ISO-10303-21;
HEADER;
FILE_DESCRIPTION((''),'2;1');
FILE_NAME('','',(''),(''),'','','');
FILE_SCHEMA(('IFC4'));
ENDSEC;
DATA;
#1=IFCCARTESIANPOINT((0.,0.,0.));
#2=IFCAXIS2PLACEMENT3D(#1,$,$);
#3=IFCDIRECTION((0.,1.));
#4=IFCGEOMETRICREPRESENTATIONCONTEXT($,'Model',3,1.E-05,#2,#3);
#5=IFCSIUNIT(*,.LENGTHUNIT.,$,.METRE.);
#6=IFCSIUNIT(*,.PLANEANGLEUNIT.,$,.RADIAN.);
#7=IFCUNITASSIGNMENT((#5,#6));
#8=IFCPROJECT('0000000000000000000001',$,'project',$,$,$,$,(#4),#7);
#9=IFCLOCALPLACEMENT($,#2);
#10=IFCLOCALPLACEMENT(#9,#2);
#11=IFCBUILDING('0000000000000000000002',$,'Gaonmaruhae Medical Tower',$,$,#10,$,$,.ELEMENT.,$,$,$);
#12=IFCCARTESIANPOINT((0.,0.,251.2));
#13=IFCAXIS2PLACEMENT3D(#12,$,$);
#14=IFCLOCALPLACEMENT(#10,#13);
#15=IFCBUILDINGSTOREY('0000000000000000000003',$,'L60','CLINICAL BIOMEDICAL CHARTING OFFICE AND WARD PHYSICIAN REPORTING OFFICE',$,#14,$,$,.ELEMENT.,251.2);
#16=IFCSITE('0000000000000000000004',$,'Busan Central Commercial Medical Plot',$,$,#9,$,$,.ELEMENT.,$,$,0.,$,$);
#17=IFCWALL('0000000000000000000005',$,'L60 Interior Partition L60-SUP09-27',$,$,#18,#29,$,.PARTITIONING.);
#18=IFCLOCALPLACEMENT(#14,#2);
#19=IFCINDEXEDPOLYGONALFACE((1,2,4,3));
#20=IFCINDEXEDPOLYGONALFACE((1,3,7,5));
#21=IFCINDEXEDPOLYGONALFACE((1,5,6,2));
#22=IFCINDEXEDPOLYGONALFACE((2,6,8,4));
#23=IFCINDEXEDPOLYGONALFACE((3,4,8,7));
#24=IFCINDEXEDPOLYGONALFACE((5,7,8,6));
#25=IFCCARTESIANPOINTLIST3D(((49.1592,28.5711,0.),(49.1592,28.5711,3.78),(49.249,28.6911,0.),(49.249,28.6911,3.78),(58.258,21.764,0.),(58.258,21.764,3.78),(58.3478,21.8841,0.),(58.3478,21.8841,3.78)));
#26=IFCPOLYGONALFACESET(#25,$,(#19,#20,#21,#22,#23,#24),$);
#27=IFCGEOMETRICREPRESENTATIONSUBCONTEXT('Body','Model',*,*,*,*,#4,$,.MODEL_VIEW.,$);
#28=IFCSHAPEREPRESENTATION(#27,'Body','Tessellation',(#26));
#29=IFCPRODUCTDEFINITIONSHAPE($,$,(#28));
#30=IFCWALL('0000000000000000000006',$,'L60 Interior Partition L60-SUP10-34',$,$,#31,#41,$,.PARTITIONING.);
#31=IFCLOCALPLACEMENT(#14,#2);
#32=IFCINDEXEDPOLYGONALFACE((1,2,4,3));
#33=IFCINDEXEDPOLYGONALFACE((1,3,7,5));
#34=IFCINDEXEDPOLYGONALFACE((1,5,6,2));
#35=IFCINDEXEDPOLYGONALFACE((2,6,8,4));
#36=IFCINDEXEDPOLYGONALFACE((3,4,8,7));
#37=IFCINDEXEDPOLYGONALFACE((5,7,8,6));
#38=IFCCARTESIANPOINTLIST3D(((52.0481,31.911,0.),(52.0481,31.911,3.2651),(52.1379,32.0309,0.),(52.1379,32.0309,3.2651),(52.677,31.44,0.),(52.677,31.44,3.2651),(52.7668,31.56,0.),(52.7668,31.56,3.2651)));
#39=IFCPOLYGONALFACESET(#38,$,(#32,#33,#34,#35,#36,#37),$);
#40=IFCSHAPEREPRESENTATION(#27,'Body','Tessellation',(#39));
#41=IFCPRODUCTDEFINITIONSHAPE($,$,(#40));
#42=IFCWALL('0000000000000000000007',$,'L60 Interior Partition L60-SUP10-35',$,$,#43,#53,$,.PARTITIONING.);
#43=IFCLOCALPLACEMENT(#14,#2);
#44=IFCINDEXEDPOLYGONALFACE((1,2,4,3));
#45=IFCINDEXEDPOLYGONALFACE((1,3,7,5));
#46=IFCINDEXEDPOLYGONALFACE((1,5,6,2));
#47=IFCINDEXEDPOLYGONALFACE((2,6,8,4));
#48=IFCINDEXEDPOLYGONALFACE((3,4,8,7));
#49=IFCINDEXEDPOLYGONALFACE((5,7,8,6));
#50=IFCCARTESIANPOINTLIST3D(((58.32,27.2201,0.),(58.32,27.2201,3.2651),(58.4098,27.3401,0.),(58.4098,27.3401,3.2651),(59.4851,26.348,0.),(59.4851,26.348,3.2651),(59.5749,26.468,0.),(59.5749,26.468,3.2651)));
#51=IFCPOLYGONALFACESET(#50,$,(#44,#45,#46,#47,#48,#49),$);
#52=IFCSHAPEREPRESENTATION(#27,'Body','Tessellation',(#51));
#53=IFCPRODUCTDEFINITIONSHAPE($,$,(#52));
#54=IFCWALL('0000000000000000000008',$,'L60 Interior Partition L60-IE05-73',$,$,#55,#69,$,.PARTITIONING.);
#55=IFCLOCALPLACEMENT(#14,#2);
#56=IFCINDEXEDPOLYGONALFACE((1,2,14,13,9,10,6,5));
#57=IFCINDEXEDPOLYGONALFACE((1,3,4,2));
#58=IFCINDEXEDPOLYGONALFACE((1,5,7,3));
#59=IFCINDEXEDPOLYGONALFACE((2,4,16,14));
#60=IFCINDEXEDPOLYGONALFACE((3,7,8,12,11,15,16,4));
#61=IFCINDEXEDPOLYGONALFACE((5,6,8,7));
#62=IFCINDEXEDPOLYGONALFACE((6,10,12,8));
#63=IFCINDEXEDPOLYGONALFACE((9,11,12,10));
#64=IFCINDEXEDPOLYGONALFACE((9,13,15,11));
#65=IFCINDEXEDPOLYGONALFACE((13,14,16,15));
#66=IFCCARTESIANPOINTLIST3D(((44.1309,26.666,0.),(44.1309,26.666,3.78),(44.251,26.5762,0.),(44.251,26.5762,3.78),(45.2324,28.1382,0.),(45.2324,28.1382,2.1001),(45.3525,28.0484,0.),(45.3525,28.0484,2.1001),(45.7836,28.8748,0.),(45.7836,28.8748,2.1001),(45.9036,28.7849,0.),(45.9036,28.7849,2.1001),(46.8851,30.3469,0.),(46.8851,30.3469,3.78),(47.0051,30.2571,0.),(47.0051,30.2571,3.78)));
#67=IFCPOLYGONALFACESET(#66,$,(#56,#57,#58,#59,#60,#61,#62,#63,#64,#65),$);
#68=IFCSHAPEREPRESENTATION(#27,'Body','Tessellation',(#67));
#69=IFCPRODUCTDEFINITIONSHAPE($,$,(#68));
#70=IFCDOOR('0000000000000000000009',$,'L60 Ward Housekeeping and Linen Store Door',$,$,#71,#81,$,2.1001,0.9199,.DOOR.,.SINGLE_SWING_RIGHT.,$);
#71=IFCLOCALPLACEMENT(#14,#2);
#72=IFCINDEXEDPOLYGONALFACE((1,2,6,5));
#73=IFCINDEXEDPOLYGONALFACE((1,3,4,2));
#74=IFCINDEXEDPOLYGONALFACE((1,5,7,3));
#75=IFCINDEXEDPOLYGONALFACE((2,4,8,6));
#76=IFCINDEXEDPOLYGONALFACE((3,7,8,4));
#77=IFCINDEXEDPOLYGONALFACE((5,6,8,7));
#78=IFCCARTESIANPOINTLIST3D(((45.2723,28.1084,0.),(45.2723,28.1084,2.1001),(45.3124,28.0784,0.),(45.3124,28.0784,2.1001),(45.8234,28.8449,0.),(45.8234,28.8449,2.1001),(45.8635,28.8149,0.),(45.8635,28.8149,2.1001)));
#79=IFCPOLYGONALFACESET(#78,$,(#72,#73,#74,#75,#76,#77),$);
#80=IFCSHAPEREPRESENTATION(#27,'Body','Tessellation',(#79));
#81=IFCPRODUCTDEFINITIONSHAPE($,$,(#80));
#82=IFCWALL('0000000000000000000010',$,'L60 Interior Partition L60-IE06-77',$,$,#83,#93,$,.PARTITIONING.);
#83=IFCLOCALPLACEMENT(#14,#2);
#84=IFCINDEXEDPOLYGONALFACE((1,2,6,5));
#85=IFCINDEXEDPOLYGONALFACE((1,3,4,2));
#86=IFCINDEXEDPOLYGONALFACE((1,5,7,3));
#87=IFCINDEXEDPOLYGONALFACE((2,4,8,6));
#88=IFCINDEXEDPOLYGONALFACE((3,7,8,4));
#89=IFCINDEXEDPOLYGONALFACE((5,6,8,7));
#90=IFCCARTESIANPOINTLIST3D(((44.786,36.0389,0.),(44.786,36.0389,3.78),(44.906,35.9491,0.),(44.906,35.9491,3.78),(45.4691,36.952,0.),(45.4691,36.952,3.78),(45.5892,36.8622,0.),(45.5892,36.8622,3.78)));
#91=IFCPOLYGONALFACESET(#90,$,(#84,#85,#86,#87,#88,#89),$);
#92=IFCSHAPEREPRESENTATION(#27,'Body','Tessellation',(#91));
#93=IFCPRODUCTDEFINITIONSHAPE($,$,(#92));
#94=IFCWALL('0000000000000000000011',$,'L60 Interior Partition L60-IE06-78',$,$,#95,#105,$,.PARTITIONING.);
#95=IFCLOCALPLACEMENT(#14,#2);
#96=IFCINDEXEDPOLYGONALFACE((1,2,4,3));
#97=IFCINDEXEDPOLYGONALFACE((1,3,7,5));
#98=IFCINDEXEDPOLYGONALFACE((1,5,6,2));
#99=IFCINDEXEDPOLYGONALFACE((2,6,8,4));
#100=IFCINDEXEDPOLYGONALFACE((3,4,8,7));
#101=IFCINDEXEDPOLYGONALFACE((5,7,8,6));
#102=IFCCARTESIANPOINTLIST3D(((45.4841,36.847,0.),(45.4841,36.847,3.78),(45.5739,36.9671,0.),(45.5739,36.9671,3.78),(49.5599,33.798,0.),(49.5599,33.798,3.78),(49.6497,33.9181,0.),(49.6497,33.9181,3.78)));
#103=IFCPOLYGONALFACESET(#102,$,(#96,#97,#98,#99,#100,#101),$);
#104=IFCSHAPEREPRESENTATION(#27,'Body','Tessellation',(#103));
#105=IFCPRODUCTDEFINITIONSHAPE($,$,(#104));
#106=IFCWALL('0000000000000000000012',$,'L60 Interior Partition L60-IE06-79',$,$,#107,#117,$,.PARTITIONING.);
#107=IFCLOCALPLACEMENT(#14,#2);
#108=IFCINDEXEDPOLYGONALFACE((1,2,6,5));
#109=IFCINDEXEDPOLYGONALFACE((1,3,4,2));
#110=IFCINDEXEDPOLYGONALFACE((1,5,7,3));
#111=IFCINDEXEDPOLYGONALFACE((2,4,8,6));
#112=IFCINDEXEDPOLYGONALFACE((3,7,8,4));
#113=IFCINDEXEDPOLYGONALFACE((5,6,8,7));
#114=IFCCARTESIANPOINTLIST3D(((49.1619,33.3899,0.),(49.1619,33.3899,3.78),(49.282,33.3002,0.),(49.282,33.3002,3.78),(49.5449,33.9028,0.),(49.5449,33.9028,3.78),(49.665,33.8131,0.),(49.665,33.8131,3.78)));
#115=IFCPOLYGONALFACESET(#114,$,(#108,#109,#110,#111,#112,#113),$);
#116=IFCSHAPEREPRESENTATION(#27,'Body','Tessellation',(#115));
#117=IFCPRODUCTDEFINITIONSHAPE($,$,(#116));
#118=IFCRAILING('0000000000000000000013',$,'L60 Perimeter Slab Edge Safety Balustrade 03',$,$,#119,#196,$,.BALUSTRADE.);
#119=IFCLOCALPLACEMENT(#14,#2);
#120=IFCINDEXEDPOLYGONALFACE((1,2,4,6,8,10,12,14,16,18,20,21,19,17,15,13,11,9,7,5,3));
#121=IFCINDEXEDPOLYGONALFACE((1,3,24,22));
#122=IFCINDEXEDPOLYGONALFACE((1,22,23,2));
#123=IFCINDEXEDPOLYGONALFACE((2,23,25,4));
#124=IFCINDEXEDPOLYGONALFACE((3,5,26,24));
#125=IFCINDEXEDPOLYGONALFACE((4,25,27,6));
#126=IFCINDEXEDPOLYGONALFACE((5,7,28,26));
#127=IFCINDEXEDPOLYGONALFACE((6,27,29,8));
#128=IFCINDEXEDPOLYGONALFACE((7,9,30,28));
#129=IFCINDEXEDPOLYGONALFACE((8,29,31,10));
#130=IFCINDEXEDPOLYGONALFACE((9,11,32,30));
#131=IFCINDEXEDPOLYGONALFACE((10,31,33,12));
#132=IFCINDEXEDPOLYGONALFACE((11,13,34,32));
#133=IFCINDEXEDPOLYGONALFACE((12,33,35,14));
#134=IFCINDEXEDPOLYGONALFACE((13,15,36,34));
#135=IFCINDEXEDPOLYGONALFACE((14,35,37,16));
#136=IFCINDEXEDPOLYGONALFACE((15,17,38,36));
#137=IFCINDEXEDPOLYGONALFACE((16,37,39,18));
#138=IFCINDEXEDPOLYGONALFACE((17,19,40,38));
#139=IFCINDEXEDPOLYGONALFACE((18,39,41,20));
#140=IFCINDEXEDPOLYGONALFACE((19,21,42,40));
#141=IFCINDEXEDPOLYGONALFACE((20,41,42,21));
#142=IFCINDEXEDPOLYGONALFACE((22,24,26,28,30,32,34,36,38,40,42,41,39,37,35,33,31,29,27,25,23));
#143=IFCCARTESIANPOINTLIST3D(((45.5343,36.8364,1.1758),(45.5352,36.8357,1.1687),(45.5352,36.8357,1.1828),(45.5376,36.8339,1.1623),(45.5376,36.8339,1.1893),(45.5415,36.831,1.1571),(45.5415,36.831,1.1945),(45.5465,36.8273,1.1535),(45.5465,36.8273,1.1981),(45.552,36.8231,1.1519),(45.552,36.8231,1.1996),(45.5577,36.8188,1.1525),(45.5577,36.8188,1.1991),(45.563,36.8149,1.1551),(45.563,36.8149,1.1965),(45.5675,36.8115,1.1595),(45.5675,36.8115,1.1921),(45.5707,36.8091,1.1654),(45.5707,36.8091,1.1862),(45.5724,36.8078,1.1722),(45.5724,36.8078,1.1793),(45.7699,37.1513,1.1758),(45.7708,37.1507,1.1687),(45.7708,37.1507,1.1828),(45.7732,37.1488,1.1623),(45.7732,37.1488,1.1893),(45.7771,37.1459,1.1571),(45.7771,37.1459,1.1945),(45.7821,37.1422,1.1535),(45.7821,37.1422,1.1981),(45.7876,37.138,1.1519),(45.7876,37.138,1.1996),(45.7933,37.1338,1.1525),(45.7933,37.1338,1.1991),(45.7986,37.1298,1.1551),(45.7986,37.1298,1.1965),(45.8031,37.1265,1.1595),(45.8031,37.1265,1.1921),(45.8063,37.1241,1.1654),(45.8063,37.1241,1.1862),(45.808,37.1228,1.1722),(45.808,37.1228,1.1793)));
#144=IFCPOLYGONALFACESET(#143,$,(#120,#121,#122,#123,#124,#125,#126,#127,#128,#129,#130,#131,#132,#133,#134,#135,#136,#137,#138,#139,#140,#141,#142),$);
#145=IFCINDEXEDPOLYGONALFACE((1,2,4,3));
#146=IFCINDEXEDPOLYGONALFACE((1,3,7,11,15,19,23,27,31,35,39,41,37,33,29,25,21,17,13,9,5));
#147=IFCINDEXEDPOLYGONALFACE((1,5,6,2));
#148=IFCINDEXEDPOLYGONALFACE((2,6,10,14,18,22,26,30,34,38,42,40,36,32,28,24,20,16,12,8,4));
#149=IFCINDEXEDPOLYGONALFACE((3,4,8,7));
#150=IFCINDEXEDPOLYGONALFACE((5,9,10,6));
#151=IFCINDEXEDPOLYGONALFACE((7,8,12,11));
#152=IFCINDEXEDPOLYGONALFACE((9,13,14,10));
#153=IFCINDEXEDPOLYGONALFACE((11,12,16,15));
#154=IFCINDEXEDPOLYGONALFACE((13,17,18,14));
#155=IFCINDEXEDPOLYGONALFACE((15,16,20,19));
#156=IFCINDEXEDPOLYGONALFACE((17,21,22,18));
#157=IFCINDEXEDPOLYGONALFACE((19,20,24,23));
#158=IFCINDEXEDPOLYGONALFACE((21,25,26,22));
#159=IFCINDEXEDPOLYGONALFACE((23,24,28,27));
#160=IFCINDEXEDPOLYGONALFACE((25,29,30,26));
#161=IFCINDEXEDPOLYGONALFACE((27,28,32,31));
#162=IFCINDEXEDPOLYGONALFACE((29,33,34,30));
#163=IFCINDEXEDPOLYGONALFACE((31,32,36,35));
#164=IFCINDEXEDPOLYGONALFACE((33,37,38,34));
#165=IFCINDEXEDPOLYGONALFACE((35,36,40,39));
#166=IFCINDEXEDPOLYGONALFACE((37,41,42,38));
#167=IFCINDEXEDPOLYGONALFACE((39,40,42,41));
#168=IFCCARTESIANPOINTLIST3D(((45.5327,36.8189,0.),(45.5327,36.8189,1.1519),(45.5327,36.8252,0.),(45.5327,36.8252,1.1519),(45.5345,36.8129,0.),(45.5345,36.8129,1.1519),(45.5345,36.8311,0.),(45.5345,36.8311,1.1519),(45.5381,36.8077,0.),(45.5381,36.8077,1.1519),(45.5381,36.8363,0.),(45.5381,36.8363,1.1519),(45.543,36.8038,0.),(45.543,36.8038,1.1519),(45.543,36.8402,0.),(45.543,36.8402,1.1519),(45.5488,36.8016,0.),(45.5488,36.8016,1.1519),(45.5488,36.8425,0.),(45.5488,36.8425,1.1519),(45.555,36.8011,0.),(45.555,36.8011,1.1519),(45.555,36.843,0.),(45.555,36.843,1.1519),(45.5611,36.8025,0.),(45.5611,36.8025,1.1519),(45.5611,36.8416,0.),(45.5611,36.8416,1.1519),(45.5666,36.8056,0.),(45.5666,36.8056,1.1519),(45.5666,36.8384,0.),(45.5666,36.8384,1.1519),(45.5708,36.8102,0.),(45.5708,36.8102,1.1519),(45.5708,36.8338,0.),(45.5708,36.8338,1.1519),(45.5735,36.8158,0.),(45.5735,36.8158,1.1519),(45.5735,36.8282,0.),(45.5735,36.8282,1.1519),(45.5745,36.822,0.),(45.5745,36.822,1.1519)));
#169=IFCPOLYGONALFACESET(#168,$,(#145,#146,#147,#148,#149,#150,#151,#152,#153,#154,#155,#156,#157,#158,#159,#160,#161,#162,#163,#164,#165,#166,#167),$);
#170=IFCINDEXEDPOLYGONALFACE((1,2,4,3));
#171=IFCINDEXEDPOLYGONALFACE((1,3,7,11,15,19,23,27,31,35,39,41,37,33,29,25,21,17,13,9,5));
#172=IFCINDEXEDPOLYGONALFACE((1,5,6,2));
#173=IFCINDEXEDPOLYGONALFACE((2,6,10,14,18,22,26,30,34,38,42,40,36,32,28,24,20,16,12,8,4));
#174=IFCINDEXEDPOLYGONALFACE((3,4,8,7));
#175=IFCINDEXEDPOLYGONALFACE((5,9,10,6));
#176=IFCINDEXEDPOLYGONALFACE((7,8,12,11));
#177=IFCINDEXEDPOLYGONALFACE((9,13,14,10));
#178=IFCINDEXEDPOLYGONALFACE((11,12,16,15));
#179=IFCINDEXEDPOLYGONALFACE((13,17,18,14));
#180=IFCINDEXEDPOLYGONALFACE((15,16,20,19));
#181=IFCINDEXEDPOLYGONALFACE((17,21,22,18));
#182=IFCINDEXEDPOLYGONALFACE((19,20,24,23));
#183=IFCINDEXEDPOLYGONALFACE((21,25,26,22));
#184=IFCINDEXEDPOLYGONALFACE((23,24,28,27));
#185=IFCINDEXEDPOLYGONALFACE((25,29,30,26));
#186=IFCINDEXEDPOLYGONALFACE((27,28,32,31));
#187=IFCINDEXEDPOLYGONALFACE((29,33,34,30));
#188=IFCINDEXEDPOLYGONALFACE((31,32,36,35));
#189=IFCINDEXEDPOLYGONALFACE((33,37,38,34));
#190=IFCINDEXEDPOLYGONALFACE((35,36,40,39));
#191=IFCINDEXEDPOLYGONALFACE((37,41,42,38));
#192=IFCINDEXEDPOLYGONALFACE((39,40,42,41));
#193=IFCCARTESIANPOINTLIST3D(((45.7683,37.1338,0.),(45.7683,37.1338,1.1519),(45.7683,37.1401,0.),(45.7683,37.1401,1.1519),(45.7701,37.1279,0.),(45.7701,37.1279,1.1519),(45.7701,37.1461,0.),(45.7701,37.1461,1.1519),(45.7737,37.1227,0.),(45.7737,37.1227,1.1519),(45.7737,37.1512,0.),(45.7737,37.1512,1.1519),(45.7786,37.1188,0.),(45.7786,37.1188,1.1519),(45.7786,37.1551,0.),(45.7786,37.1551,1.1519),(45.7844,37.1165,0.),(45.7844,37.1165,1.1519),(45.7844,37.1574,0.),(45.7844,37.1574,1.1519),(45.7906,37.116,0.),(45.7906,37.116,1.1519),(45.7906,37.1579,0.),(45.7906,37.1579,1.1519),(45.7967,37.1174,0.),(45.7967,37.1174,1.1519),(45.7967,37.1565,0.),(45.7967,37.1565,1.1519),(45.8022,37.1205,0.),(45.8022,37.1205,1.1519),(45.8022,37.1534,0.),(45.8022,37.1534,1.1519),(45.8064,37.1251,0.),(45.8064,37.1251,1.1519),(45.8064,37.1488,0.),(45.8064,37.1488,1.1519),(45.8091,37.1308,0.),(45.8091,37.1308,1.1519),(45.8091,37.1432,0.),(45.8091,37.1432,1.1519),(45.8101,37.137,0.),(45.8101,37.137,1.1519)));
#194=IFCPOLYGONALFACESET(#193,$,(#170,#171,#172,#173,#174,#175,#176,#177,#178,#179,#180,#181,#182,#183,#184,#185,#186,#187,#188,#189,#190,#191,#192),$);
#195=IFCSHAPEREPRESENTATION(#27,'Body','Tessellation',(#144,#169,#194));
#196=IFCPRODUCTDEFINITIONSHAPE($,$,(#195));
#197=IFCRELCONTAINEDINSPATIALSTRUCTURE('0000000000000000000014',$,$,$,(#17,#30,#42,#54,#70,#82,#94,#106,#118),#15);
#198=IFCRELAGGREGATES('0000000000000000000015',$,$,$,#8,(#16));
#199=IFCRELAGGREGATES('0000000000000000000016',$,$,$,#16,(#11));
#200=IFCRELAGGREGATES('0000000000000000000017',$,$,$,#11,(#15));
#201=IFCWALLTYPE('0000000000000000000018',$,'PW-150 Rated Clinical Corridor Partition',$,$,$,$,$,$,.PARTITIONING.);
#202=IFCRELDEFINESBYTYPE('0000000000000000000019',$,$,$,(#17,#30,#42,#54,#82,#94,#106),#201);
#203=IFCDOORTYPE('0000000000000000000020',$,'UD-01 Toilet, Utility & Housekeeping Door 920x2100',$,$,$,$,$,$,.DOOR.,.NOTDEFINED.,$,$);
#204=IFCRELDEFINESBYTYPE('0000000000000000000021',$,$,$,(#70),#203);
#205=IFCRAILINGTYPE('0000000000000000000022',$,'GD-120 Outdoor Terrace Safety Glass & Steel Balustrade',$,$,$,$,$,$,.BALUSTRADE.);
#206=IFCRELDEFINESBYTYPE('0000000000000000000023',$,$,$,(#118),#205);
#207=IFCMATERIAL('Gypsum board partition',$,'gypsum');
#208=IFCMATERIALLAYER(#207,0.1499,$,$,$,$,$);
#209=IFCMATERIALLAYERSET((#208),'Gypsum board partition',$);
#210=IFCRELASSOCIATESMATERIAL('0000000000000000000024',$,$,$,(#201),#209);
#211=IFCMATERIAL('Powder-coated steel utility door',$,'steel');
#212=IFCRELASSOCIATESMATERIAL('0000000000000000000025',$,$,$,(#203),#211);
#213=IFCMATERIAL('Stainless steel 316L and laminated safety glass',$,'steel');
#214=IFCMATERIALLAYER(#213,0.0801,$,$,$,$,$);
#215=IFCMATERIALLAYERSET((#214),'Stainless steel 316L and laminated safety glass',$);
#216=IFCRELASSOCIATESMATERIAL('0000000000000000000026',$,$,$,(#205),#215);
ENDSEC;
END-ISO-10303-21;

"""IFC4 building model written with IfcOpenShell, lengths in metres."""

from ifc_helpers import new_model, si_unit, direction, frame, frame_2d, origin, origin_2d, place, context, subcontext, project, spatial, rectangle, circle, extrude, material, layer, layer_set, type_object, element, fill, save


model = new_model("IFC4")

# Units and contexts
model_context = context("Model", 3, precision=1e-05, world=origin(), true_north=direction((0.0, 1.0)))
body_context = subcontext(model_context, "Body", "Model", "MODEL_VIEW")
ifc_project = project(units=[si_unit("LENGTHUNIT", "METRE"), si_unit("PLANEANGLEUNIT", "RADIAN")], contexts=[model_context])

# Site, building, storey
site_placement = place(None, origin())
site = spatial("IfcSite", under=ifc_project, at=site_placement, Name="Busan Central Commercial Medical Plot", CompositionType="ELEMENT", RefElevation=0.0)
building_placement = place(site_placement, origin())
building = spatial("IfcBuilding", under=site, at=building_placement, Name="Gaonmaruhae Medical Tower", CompositionType="ELEMENT")
storey_placement = place(building_placement, frame((0.0, 0.0, 251.2)))
storey = spatial("IfcBuildingStorey", under=building, at=storey_placement, Name="L60", Description="CLINICAL BIOMEDICAL CHARTING OFFICE AND WARD PHYSICIAN REPORTING OFFICE", CompositionType="ELEMENT", Elevation=251.2)

# Wall
ifc_material_1 = material(Name="Gypsum board partition", Category="gypsum")
ifc_layer_1 = layer(ifc_material_1, 0.1499)
ifc_layer_set_1 = layer_set([ifc_layer_1], Name="Gypsum board partition")
wall_type_1 = type_object("IfcWallType", Name="PW-150 Rated Clinical Corridor Partition", PredefinedType="PARTITIONING", material=ifc_layer_set_1)
wall_1_placement = place(storey_placement, frame((49.2041, 28.6311, 0.0), z_axis=(0.0, 0.0, 1.0), x_axis=(0.800719, -0.59904, 0.0)))
element("IfcWall", 1, at=wall_1_placement, inside=storey, type_object=wall_type_1, Name="L60 Interior Partition L60-SUP09-27", PredefinedType="PARTITIONING", context=body_context, shape_type="SweptSolid", body=[
    extrude(rectangle(XDim=11.3633, YDim=0.1499, at=frame_2d((5.6816, 0.0))), origin(), (0.0, 0.0, 1.0), 3.78),
])

# Walls
wall_2_placement = place(storey_placement, frame((52.093, 31.9709, 0.0), z_axis=(0.0, 0.0, 1.0), x_axis=(0.800447, -0.599403, 0.0)))
element("IfcWall", 2, at=wall_2_placement, inside=storey, type_object=wall_type_1, Name="L60 Interior Partition L60-SUP10-34", PredefinedType="PARTITIONING", context=body_context, shape_type="SweptSolid", body=[
    extrude(rectangle(XDim=0.7856, YDim=0.1499, at=frame_2d((0.3928, 0.0))), origin(), (0.0, 0.0, 1.0), 3.2651),
])
wall_3_placement = place(storey_placement, frame((58.365, 27.28, 0.0), z_axis=(0.0, 0.0, 1.0), x_axis=(0.800563, -0.599248, 0.0)))
element("IfcWall", 3, at=wall_3_placement, inside=storey, type_object=wall_type_1, Name="L60 Interior Partition L60-SUP10-35", PredefinedType="PARTITIONING", context=body_context, shape_type="SweptSolid", body=[
    extrude(rectangle(XDim=1.4553, YDim=0.1499, at=frame_2d((0.7275, 0.0))), origin(), (0.0, 0.0, 1.0), 3.2651),
])

# Wall, opening, door
wall_4_placement = place(storey_placement, frame((46.9451, 30.302, 0.0), z_axis=(0.0, 0.0, 1.0), x_axis=(-0.59909, -0.800681, 0.0)))
wall_4 = element("IfcWall", 4, at=wall_4_placement, inside=storey, type_object=wall_type_1, Name="L60 Interior Partition L60-IE05-73", PredefinedType="PARTITIONING", context=body_context, shape_type="SweptSolid", body=[
    extrude(rectangle(XDim=4.5972, YDim=0.1499, at=frame_2d((2.2986, 0.0))), origin(), (0.0, 0.0, 1.0), 3.78),
])
opening_1_placement = place(wall_4_placement, frame((1.8386, 0.0, 0.0)))
opening_1 = element("IfcOpeningElement", 5, at=opening_1_placement, cuts=wall_4, PredefinedType="OPENING", context=body_context, shape_type="SweptSolid", body=[
    extrude(rectangle(XDim=0.9199, YDim=2.1001, at=frame_2d((0.46, 1.05))), frame((0.0, 0.085, 0.0), z_axis=(0.0, -1.0, 0.0), x_axis=(1.0, 0.0, 0.0)), (0.0, 0.0, 1.0), 0.1699),
])
ifc_material_2 = material(Name="Powder-coated steel utility door", Category="steel")
door_type_1 = type_object("IfcDoorType", Name="UD-01 Toilet, Utility & Housekeeping Door 920x2100", OperationType="NOTDEFINED", PredefinedType="DOOR", material=ifc_material_2)
door_1_placement = place(opening_1_placement, origin())
door_1 = element("IfcDoor", 6, at=door_1_placement, inside=storey, type_object=door_type_1, Name="L60 Ward Housekeeping and Linen Store Door", OperationType="SINGLE_SWING_RIGHT", OverallHeight=2.1001, OverallWidth=0.9199, PredefinedType="DOOR", context=body_context, shape_type="SweptSolid", body=[
    extrude(rectangle(XDim=0.9199, YDim=2.1001, at=frame_2d((0.46, 1.05))), frame((0.0, 0.0249, 0.0), z_axis=(0.0, -1.0, 0.0), x_axis=(1.0, 0.0, 0.0)), (0.0, 0.0, 1.0), 0.05),
])
fill(opening_1, door_1)

# Walls
wall_5_placement = place(storey_placement, frame((44.8459, 35.9939, 0.0), z_axis=(0.0, 0.0, 1.0), x_axis=(0.59904, 0.800719, 0.0)))
element("IfcWall", 7, at=wall_5_placement, inside=storey, type_object=wall_type_1, Name="L60 Interior Partition L60-IE06-77", PredefinedType="PARTITIONING", context=body_context, shape_type="SweptSolid", body=[
    extrude(rectangle(XDim=1.1404, YDim=0.1499, at=frame_2d((0.5703, 0.0))), origin(), (0.0, 0.0, 1.0), 3.78),
])
wall_6_placement = place(storey_placement, frame((45.5291, 36.907, 0.0), z_axis=(0.0, 0.0, 1.0), x_axis=(0.800742, -0.59901, 0.0)))
element("IfcWall", 8, at=wall_6_placement, inside=storey, type_object=wall_type_1, Name="L60 Interior Partition L60-IE06-78", PredefinedType="PARTITIONING", context=body_context, shape_type="SweptSolid", body=[
    extrude(rectangle(XDim=5.0901, YDim=0.1499, at=frame_2d((2.5449, 0.0))), origin(), (0.0, 0.0, 1.0), 3.78),
])
wall_7_placement = place(storey_placement, frame((49.605, 33.8579, 0.0), z_axis=(0.0, 0.0, 1.0), x_axis=(-0.598351, -0.801234, 0.0)))
element("IfcWall", 9, at=wall_7_placement, inside=storey, type_object=wall_type_1, Name="L60 Interior Partition L60-IE06-79", PredefinedType="PARTITIONING", context=body_context, shape_type="SweptSolid", body=[
    extrude(rectangle(XDim=0.6401, YDim=0.1499, at=frame_2d((0.3201, 0.0))), origin(), (0.0, 0.0, 1.0), 3.78),
])

# Railing
ifc_material_3 = material(Name="Stainless steel 316L and laminated safety glass", Category="steel")
ifc_layer_2 = layer(ifc_material_3, 0.0801)
ifc_layer_set_2 = layer_set([ifc_layer_2], Name="Stainless steel 316L and laminated safety glass")
railing_type = type_object("IfcRailingType", Name="GD-120 Outdoor Terrace Safety Glass & Steel Balustrade", PredefinedType="BALUSTRADE", material=ifc_layer_set_2)
railing_1_placement = place(storey_placement, frame((45.5535, 36.822, 0.0)))
element("IfcRailing", 10, at=railing_1_placement, inside=storey, type_object=railing_type, Name="L60 Perimeter Slab Edge Safety Balustrade 03", PredefinedType="BALUSTRADE", context=body_context, shape_type="SweptSolid", body=[
    extrude(circle(Radius=0.0239, at=origin_2d()), frame((0.0, 0.0, 1.1758), z_axis=(0.599006, 0.800744, 0.0), x_axis=(-0.800744, 0.599006, 0.0)), (0.0, 0.0, 1.0), 0.3933),
    extrude(circle(Radius=0.021, at=origin_2d()), origin(), (0.0, 0.0, 1.0), 1.1519),
    extrude(circle(Radius=0.021, at=origin_2d()), frame((0.2356, 0.3149, 0.0)), (0.0, 0.0, 1.0), 1.1519),
])

save(model, "model.ifc")
